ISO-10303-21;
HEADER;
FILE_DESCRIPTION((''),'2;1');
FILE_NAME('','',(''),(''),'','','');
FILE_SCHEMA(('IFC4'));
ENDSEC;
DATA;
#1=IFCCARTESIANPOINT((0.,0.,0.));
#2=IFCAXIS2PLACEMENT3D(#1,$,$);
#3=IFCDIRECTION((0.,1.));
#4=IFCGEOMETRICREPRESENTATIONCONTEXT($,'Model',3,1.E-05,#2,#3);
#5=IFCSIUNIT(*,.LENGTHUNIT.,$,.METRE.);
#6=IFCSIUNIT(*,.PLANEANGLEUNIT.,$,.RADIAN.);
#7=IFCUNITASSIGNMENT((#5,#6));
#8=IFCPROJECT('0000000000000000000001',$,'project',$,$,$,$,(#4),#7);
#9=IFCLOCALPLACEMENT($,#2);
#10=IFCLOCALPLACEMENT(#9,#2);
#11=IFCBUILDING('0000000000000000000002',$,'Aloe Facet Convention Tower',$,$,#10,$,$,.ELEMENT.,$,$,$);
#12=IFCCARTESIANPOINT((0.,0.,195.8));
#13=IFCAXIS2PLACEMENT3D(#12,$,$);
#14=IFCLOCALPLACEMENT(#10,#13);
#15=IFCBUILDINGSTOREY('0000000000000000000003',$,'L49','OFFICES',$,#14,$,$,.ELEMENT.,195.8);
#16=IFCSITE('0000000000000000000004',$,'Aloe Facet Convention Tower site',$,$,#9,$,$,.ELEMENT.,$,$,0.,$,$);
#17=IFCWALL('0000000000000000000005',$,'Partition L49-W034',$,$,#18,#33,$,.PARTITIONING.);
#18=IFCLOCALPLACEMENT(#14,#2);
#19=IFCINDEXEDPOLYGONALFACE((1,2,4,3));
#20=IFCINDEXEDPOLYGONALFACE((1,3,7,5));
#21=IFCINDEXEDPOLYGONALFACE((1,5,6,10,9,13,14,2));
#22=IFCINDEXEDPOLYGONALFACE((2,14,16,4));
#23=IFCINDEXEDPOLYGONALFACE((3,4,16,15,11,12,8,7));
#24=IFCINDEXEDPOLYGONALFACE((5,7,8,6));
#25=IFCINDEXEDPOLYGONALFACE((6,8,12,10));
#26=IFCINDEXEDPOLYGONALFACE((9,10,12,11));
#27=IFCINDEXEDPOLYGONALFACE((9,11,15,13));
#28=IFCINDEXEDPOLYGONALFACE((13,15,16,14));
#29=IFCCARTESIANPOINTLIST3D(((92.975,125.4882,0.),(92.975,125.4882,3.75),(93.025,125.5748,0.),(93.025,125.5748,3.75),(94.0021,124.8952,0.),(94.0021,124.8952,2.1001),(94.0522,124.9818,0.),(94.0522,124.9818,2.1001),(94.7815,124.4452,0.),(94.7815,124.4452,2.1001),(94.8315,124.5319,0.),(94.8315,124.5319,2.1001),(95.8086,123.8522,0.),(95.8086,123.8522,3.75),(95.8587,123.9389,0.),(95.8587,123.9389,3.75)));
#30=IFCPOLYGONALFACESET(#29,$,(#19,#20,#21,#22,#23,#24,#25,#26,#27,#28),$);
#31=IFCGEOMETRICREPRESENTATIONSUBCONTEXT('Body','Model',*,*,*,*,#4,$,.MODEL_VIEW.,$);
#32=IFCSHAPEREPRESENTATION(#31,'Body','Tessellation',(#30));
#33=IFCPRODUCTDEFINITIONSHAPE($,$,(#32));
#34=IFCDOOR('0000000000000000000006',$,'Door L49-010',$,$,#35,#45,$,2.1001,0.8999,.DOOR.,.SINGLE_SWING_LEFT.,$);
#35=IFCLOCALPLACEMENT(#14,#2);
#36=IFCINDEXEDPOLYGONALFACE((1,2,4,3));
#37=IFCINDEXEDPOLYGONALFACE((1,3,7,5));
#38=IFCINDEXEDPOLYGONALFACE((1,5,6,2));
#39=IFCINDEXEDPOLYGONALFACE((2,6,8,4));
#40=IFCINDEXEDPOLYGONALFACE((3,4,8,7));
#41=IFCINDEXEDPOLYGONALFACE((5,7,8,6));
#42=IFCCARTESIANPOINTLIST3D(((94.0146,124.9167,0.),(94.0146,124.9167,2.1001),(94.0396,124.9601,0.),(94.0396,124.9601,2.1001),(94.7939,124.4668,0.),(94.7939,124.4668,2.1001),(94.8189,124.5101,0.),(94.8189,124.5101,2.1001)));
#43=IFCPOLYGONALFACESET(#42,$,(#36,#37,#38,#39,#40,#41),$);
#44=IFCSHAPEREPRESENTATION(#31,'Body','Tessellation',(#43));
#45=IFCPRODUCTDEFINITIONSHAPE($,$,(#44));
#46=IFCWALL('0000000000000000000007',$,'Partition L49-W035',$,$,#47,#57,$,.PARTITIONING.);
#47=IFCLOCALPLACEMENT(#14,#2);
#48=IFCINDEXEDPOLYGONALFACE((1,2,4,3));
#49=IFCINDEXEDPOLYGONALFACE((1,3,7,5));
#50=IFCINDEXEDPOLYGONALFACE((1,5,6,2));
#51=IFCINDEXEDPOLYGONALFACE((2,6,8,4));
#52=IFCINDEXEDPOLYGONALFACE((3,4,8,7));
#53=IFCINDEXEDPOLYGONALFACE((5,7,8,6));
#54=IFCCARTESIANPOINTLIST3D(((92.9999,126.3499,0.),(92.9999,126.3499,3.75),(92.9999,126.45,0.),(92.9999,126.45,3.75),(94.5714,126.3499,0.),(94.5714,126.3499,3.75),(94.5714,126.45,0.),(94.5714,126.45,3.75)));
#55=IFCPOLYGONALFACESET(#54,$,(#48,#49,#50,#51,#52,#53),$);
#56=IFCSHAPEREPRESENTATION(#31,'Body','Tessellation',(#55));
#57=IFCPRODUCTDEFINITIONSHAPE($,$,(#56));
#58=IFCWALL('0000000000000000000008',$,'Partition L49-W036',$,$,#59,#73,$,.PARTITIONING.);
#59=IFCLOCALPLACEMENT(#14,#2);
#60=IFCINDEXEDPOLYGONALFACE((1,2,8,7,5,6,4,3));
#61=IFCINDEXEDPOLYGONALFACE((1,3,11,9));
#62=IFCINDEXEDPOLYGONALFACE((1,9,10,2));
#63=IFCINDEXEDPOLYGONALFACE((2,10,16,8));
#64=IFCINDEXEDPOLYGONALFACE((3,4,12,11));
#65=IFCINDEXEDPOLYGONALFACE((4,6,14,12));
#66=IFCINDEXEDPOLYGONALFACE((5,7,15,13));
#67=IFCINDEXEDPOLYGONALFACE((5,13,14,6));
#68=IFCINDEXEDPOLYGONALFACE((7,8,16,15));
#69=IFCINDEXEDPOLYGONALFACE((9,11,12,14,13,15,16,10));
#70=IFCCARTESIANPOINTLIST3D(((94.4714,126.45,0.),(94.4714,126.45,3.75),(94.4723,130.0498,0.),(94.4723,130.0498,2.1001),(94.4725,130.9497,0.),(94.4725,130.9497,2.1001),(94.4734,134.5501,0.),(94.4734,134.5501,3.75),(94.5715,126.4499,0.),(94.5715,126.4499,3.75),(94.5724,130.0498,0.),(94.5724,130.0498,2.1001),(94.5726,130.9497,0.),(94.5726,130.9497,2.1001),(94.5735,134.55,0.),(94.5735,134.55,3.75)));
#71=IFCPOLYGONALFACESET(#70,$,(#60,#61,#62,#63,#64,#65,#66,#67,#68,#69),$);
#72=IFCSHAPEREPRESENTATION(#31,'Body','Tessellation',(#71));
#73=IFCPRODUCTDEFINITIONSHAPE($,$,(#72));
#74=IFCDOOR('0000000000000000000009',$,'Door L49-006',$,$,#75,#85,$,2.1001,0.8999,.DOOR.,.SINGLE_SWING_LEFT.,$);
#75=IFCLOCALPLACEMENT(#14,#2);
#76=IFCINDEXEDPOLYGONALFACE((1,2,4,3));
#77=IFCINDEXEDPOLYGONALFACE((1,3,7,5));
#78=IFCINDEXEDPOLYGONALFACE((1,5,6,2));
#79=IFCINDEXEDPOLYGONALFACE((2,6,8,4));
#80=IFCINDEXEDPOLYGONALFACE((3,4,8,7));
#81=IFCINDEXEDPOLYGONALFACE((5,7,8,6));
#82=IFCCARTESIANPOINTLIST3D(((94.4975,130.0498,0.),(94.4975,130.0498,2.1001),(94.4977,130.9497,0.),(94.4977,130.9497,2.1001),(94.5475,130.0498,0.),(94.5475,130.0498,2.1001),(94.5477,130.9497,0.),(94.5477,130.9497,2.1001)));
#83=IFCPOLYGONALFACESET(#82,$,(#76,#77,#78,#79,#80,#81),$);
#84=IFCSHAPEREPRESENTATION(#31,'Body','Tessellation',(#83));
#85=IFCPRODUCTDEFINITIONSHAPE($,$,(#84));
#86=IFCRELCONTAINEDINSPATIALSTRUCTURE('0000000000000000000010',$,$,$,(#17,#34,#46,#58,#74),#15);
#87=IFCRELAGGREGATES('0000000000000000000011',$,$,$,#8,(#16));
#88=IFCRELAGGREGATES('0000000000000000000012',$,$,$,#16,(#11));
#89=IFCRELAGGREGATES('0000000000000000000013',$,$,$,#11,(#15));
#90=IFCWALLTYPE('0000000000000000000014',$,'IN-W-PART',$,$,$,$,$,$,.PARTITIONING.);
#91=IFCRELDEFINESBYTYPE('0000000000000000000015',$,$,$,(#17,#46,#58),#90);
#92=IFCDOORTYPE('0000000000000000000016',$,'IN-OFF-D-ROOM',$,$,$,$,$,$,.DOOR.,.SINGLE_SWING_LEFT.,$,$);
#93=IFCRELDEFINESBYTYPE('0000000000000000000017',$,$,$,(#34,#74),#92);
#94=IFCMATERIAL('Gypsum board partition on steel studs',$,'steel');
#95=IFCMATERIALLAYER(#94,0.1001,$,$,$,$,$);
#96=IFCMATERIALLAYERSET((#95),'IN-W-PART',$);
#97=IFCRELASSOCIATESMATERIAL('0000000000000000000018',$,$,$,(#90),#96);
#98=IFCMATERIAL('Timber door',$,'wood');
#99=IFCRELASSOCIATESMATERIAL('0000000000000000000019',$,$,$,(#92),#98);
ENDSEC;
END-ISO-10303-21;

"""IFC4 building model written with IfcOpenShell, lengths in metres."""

from ifc_helpers import new_model, si_unit, direction, frame, frame_2d, origin, place, context, subcontext, project, spatial, rectangle, extrude, material, layer, layer_set, type_object, element, fill, save


model = new_model("IFC4")

# Units and contexts
model_context = context("Model", 3, precision=1e-05, world=origin(), true_north=direction((0.0, 1.0)))
body_context = subcontext(model_context, "Body", "Model", "MODEL_VIEW")
ifc_project = project(units=[si_unit("LENGTHUNIT", "METRE"), si_unit("PLANEANGLEUNIT", "RADIAN")], contexts=[model_context])

# Site, building, storey
site_placement = place(None, origin())
site = spatial("IfcSite", under=ifc_project, at=site_placement, Name="Aloe Facet Convention Tower site", CompositionType="ELEMENT", RefElevation=0.0)
building_placement = place(site_placement, origin())
building = spatial("IfcBuilding", under=site, at=building_placement, Name="Aloe Facet Convention Tower", CompositionType="ELEMENT")
storey_placement = place(building_placement, frame((0.0, 0.0, 195.8)))
storey = spatial("IfcBuildingStorey", under=building, at=storey_placement, Name="L49", Description="OFFICES", CompositionType="ELEMENT", Elevation=195.8)

# Wall, opening, door
ifc_material_1 = material(Name="Gypsum board partition on steel studs", Category="steel")
ifc_layer_1 = layer(ifc_material_1, 0.1001)
ifc_layer_set_1 = layer_set([ifc_layer_1], Name="IN-W-PART")
wall_type_1 = type_object("IfcWallType", Name="IN-W-PART", PredefinedType="PARTITIONING", material=ifc_layer_set_1)
wall_1_placement = place(storey_placement, frame((93.0, 125.5315, 0.0), z_axis=(0.0, 0.0, 1.0), x_axis=(0.866035, -0.499983, 0.0)))
wall_1 = element("IfcWall", 1, at=wall_1_placement, inside=storey, type_object=wall_type_1, Name="Partition L49-W034", PredefinedType="PARTITIONING", context=body_context, shape_type="SweptSolid", body=[
    extrude(rectangle(XDim=3.272, YDim=0.1001, at=frame_2d((1.636, 0.0))), origin(), (0.0, 0.0, 1.0), 3.75),
])
opening_1_placement = place(wall_1_placement, frame((1.186, 0.0, 0.0)))
opening_1 = element("IfcOpeningElement", 2, at=opening_1_placement, cuts=wall_1, PredefinedType="OPENING", context=body_context, shape_type="SweptSolid", body=[
    extrude(rectangle(XDim=0.8999, YDim=2.1001, at=frame_2d((0.45, 1.05))), frame((0.0, 0.0601, 0.0), z_axis=(0.0, -1.0, 0.0), x_axis=(1.0, 0.0, 0.0)), (0.0, 0.0, 1.0), 0.1201),
])
ifc_material_2 = material(Name="Timber door", Category="wood")
door_type = type_object("IfcDoorType", Name="IN-OFF-D-ROOM", OperationType="SINGLE_SWING_LEFT", PredefinedType="DOOR", material=ifc_material_2)
door_1_placement = place(opening_1_placement, origin())
door_1 = element("IfcDoor", 3, at=door_1_placement, inside=storey, type_object=door_type, Name="Door L49-010", OperationType="SINGLE_SWING_LEFT", OverallHeight=2.1001, OverallWidth=0.8999, PredefinedType="DOOR", context=body_context, shape_type="SweptSolid", body=[
    extrude(rectangle(XDim=0.8999, YDim=2.1001, at=frame_2d((0.45, 1.05))), frame((0.0, 0.0249, 0.0), z_axis=(0.0, -1.0, 0.0), x_axis=(1.0, 0.0, 0.0)), (0.0, 0.0, 1.0), 0.05),
])
fill(opening_1, door_1)

# Wall
wall_2_placement = place(storey_placement, frame((93.0, 126.3999, 0.0), z_axis=(0.0, 0.0, 1.0), x_axis=(1.0, 0.0, 0.0)))
element("IfcWall", 4, at=wall_2_placement, inside=storey, type_object=wall_type_1, Name="Partition L49-W035", PredefinedType="PARTITIONING", context=body_context, shape_type="SweptSolid", body=[
    extrude(rectangle(XDim=1.5715, YDim=0.1001, at=frame_2d((0.7856, 0.0))), origin(), (0.0, 0.0, 1.0), 3.75),
])

# Wall, opening, door
wall_3_placement = place(storey_placement, frame((94.5215, 126.45, 0.0), z_axis=(0.0, 0.0, 1.0), x_axis=(0.000241, 1.0, 0.0)))
wall_3 = element("IfcWall", 5, at=wall_3_placement, inside=storey, type_object=wall_type_1, Name="Partition L49-W036", PredefinedType="PARTITIONING", context=body_context, shape_type="SweptSolid", body=[
    extrude(rectangle(XDim=8.1001, YDim=0.1001, at=frame_2d((4.05, 0.0))), origin(), (0.0, 0.0, 1.0), 3.75),
])
opening_2_placement = place(wall_3_placement, frame((3.5999, 0.0, 0.0)))
opening_2 = element("IfcOpeningElement", 6, at=opening_2_placement, cuts=wall_3, PredefinedType="OPENING", context=body_context, shape_type="SweptSolid", body=[
    extrude(rectangle(XDim=0.8999, YDim=2.1001, at=frame_2d((0.45, 1.05))), frame((0.0, 0.0601, 0.0), z_axis=(0.0, -1.0, 0.0), x_axis=(1.0, 0.0, 0.0)), (0.0, 0.0, 1.0), 0.1201),
])
door_2_placement = place(opening_2_placement, origin())
door_2 = element("IfcDoor", 7, at=door_2_placement, inside=storey, type_object=door_type, Name="Door L49-006", OperationType="SINGLE_SWING_LEFT", OverallHeight=2.1001, OverallWidth=0.8999, PredefinedType="DOOR", context=body_context, shape_type="SweptSolid", body=[
    extrude(rectangle(XDim=0.8999, YDim=2.1001, at=frame_2d((0.45, 1.05))), frame((0.0, 0.0249, 0.0), z_axis=(0.0, -1.0, 0.0), x_axis=(1.0, 0.0, 0.0)), (0.0, 0.0, 1.0), 0.05),
])
fill(opening_2, door_2)

save(model, "model.ifc")
